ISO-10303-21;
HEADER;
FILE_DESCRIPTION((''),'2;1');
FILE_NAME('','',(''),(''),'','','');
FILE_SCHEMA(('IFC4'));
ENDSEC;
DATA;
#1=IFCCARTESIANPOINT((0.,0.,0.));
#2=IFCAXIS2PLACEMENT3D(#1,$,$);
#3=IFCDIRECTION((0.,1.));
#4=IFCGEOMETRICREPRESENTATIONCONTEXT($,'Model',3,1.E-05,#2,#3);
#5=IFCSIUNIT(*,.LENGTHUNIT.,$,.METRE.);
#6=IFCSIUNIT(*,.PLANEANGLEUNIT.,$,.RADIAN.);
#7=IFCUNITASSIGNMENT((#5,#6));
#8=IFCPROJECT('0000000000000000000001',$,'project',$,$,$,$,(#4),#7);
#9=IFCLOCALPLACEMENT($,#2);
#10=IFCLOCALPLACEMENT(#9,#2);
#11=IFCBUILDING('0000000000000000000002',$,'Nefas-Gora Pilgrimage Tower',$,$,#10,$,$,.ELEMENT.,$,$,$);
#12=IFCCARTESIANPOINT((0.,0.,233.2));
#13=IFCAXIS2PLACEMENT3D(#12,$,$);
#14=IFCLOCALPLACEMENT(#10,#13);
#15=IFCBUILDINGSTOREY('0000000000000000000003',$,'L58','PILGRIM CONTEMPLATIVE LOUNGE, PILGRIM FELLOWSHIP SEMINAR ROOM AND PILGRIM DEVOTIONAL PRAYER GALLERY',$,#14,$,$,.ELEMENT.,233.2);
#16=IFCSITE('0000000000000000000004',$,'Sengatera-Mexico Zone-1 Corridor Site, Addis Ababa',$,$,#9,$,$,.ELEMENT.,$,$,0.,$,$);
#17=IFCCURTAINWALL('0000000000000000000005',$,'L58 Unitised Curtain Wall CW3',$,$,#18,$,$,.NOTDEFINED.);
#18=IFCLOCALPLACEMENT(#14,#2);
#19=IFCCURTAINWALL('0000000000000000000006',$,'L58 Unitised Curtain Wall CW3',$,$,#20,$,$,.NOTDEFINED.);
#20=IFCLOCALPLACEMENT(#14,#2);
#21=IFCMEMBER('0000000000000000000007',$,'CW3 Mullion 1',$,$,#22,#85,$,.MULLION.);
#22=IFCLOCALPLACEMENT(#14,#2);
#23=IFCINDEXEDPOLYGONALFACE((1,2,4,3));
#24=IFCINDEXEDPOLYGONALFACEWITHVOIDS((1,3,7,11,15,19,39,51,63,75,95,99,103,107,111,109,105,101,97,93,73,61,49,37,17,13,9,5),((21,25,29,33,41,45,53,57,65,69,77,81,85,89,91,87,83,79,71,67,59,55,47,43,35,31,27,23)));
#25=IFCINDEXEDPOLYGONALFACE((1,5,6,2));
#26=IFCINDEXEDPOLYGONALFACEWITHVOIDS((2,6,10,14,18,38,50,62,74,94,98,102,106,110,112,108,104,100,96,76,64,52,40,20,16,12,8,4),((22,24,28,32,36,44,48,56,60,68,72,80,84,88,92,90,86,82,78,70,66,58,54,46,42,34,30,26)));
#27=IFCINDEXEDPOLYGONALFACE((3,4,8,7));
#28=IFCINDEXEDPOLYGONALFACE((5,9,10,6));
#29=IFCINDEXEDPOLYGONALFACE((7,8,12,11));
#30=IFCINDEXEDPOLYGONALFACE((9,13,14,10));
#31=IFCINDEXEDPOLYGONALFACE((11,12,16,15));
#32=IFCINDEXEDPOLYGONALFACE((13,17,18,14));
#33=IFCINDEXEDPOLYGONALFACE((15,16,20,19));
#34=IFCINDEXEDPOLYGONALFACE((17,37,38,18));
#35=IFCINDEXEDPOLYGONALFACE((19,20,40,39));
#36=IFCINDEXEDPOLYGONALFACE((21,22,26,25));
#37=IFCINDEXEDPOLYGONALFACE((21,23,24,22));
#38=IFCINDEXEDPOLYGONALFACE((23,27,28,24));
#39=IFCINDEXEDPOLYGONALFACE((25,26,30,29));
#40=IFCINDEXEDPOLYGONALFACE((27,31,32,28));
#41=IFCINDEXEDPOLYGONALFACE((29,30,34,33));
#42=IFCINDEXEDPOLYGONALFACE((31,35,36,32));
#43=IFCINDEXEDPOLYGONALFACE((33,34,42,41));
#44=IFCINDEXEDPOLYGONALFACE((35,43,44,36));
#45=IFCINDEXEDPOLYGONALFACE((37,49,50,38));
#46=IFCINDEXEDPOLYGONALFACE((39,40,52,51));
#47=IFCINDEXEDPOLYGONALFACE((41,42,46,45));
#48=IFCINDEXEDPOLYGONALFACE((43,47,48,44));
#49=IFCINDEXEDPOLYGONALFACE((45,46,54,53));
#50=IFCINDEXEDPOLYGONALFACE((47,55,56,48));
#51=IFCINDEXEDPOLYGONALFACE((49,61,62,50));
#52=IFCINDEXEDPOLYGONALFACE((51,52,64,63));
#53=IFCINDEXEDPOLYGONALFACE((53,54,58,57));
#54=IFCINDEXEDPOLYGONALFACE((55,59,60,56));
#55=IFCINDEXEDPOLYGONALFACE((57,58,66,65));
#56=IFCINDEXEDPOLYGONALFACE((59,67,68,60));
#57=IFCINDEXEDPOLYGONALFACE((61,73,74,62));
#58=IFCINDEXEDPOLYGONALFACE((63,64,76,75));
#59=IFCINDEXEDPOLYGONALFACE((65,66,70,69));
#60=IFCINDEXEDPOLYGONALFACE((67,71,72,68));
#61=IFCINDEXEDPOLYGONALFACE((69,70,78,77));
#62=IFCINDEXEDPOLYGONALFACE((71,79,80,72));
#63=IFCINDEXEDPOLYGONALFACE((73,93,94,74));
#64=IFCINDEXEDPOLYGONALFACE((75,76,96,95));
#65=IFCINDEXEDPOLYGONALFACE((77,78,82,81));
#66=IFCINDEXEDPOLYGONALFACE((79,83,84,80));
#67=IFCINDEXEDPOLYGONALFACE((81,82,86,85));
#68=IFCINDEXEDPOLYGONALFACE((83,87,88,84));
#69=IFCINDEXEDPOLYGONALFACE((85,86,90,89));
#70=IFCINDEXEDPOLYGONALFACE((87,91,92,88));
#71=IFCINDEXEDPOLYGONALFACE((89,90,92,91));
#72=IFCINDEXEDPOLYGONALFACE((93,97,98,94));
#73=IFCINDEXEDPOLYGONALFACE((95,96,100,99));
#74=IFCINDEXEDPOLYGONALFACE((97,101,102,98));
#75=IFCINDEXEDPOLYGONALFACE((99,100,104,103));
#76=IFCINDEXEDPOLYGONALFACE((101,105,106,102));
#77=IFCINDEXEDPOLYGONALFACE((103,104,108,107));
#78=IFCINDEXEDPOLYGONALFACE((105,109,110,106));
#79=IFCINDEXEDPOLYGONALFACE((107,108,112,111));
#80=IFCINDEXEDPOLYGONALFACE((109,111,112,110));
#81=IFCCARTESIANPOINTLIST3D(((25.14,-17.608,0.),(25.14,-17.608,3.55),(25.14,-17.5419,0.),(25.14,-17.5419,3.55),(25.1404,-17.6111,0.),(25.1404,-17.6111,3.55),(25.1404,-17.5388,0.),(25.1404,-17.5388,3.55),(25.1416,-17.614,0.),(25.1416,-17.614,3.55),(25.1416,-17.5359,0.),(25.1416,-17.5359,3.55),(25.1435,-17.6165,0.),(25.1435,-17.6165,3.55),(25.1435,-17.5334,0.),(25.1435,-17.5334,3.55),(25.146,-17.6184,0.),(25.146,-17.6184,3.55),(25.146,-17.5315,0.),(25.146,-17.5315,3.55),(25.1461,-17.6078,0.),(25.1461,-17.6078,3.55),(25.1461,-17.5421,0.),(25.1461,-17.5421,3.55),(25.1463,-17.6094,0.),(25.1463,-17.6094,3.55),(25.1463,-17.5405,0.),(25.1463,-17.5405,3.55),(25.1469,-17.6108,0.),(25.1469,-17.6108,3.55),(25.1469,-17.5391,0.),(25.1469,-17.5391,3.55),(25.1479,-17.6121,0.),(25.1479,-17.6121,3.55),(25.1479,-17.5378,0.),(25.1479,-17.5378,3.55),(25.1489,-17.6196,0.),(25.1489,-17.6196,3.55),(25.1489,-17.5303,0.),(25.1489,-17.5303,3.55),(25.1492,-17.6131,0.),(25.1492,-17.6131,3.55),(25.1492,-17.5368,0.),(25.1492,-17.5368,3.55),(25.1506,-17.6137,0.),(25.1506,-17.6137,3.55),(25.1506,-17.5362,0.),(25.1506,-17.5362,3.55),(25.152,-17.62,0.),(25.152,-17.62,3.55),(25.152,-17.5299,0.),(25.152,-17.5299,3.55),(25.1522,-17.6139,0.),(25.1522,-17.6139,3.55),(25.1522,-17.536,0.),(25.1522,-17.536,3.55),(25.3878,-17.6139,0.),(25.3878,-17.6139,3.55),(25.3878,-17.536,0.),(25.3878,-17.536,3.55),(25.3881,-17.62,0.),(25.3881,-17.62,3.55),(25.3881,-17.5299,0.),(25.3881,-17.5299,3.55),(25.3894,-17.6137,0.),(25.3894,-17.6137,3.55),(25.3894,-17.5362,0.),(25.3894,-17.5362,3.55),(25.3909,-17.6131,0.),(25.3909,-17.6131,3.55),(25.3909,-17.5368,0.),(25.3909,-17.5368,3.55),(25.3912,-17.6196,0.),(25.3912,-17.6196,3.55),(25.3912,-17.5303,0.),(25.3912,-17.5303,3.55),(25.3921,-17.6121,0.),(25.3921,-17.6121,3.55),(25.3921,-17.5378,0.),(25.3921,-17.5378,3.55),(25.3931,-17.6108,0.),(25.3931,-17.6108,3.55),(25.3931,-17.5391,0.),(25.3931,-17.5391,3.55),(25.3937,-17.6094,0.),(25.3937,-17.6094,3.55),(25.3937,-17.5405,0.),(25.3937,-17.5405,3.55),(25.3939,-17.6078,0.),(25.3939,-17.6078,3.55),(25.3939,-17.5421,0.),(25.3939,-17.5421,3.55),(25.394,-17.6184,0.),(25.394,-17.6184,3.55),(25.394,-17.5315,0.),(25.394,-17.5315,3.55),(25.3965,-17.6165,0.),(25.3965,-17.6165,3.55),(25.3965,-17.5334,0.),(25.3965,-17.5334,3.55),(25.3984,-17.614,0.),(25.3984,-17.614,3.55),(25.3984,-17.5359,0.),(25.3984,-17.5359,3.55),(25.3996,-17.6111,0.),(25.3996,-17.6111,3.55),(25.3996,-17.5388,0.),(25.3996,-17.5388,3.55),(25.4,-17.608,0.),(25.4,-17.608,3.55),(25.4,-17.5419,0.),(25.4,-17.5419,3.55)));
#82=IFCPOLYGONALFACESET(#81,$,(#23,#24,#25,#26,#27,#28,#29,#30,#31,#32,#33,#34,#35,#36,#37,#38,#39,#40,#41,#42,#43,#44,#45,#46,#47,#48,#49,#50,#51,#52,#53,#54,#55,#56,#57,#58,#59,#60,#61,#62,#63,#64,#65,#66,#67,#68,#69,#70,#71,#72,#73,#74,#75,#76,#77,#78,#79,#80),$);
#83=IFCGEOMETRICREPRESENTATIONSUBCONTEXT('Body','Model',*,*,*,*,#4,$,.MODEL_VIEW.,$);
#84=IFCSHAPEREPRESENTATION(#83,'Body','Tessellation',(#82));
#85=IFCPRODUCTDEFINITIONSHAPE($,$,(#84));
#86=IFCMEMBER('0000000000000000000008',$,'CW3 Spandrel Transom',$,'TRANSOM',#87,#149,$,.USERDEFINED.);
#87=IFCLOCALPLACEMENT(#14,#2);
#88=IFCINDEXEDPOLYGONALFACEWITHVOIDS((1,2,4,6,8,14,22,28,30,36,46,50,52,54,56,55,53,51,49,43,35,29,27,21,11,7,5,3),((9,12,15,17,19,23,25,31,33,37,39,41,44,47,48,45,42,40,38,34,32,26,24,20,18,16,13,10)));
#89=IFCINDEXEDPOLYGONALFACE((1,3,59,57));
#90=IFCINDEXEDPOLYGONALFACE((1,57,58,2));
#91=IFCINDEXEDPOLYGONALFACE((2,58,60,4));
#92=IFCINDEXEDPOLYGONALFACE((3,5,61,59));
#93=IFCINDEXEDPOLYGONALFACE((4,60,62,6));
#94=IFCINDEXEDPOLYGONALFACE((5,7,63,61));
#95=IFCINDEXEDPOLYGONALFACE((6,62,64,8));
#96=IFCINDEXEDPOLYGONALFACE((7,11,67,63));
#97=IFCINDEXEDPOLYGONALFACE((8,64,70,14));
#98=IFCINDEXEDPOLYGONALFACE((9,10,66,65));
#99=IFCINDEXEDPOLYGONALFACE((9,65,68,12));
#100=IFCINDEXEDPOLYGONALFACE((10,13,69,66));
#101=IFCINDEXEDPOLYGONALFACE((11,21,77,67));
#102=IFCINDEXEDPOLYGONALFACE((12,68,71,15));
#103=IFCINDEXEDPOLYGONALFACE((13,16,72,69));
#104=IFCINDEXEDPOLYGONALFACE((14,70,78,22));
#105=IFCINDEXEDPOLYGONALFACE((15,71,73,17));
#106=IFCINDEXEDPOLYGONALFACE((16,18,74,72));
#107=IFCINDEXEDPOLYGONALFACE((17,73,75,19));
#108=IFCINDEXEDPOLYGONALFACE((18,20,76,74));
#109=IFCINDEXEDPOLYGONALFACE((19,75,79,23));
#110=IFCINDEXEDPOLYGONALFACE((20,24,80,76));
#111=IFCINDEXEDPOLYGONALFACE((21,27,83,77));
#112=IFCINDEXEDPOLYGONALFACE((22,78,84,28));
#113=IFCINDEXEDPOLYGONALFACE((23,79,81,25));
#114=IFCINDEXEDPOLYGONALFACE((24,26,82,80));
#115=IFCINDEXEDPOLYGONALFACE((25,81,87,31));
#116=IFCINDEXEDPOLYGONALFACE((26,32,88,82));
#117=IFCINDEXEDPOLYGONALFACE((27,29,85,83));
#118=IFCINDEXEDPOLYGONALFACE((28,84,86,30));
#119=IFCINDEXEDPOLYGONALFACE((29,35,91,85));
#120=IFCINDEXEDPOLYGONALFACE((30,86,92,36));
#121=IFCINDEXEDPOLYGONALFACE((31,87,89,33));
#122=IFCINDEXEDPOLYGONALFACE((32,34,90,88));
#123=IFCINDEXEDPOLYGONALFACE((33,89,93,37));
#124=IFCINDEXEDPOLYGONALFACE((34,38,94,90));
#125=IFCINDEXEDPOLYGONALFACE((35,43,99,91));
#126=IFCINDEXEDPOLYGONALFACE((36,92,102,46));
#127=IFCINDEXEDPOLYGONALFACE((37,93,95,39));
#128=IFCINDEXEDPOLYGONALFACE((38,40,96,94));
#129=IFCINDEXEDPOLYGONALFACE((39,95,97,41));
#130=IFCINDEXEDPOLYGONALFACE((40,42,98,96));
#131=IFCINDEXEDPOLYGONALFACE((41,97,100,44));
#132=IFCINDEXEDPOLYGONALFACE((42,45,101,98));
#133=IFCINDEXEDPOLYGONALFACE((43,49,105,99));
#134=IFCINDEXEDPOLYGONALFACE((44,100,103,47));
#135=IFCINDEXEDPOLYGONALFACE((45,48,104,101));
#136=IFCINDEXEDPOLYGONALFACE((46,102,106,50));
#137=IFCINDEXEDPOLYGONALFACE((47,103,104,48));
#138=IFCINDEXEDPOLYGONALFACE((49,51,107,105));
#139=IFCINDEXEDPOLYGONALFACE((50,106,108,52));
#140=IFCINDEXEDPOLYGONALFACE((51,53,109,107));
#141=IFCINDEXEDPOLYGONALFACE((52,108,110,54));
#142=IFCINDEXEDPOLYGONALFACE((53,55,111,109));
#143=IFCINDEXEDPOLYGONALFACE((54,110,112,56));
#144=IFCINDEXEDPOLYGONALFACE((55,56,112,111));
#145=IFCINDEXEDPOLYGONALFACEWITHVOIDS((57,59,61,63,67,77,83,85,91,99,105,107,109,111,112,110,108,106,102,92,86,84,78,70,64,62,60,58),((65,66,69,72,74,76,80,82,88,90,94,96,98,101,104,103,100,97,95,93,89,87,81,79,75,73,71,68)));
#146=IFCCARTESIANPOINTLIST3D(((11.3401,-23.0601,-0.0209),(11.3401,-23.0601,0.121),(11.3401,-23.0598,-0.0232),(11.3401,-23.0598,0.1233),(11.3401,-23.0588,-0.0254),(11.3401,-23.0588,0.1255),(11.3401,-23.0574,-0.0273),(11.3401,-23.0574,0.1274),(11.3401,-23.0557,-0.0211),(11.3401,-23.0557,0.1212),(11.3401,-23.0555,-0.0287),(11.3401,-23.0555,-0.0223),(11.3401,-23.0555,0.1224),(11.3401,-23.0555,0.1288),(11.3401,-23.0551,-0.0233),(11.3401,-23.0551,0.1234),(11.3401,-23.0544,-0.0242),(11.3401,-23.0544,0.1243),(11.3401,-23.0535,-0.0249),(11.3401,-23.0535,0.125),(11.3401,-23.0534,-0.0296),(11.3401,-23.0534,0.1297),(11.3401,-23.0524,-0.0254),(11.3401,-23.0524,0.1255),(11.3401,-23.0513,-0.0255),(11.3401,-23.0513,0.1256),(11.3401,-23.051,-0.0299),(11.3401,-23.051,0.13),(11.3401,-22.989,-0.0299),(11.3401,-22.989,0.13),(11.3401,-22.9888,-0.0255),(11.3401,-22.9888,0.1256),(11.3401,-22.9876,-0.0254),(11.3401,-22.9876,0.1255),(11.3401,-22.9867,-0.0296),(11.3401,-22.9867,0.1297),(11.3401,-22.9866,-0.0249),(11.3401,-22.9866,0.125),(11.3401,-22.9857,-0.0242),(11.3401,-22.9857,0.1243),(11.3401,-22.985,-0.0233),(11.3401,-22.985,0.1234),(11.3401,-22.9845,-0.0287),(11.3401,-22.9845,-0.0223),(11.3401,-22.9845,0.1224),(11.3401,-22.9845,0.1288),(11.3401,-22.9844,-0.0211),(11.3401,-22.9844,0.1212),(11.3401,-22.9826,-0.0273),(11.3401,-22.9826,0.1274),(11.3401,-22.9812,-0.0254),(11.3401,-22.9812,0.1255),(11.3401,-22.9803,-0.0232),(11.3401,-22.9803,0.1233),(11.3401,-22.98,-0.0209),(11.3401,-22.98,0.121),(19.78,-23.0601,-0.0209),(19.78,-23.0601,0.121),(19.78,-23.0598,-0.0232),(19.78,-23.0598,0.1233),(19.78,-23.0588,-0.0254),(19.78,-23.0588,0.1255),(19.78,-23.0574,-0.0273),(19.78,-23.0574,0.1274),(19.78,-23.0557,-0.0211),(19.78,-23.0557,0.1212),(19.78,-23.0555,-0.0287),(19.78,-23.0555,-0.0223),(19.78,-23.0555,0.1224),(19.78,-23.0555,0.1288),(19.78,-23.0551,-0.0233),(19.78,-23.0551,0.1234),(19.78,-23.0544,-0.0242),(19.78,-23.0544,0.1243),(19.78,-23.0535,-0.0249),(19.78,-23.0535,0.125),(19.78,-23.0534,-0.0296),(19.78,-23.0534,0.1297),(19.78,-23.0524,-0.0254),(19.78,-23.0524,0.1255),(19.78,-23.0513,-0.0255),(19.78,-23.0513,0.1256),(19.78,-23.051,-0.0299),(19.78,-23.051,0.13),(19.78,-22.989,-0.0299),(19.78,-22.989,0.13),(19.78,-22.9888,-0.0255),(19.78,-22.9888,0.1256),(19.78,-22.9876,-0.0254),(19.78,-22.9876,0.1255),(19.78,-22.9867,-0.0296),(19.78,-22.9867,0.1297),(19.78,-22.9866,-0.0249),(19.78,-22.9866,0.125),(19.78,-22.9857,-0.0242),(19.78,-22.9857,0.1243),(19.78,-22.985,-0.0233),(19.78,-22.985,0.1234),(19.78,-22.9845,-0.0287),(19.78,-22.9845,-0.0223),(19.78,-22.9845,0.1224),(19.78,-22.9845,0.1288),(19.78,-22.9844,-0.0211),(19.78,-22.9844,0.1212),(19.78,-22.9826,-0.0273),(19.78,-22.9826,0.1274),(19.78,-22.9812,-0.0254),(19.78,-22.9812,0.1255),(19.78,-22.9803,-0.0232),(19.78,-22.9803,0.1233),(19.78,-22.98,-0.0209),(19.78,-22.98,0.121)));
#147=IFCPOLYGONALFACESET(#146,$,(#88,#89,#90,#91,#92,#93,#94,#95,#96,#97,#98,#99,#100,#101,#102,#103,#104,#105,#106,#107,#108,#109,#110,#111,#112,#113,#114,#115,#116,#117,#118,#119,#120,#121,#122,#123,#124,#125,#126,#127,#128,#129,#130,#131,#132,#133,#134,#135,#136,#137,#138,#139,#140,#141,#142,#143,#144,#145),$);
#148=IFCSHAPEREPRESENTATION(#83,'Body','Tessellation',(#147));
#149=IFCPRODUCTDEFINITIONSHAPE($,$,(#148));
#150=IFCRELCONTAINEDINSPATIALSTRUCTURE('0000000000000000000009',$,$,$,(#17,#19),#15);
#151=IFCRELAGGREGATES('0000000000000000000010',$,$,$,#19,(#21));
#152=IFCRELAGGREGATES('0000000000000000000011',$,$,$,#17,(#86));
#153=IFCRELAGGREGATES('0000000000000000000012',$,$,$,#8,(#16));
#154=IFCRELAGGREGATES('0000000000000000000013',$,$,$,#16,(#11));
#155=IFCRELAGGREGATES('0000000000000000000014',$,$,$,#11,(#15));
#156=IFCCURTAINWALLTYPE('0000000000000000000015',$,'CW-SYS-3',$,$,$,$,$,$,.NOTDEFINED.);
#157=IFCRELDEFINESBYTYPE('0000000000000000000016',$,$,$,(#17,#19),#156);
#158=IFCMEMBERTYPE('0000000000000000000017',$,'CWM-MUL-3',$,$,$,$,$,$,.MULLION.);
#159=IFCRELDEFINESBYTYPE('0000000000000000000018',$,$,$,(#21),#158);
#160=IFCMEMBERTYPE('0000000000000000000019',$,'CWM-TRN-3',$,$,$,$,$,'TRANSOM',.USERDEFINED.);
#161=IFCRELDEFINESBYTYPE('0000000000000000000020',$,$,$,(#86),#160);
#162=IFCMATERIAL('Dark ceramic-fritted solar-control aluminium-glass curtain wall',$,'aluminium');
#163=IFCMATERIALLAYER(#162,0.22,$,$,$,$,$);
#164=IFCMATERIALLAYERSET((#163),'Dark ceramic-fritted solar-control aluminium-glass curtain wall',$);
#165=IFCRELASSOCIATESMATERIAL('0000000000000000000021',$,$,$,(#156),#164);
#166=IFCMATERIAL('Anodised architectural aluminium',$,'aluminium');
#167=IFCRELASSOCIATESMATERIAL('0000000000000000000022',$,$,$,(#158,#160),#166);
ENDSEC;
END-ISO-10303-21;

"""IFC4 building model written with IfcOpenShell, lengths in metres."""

from ifc_helpers import new_model, si_unit, direction, frame, origin, origin_2d, place, context, subcontext, project, spatial, hollow_rectangle, extrude, source, transform, mapped, material, layer, layer_set, material_profile, profile_set, type_object, element, aggregate, save


model = new_model("IFC4")

# Units and contexts
model_context = context("Model", 3, precision=1e-05, world=origin(), true_north=direction((0.0, 1.0)))
body_context = subcontext(model_context, "Body", "Model", "MODEL_VIEW")
ifc_project = project(units=[si_unit("LENGTHUNIT", "METRE"), si_unit("PLANEANGLEUNIT", "RADIAN")], contexts=[model_context])

# Site, building, storey
site_placement = place(None, origin())
site = spatial("IfcSite", under=ifc_project, at=site_placement, Name="Sengatera-Mexico Zone-1 Corridor Site, Addis Ababa", CompositionType="ELEMENT", RefElevation=0.0)
building_placement = place(site_placement, origin())
building = spatial("IfcBuilding", under=site, at=building_placement, Name="Nefas-Gora Pilgrimage Tower", CompositionType="ELEMENT")
storey_placement = place(building_placement, frame((0.0, 0.0, 233.2)))
storey = spatial("IfcBuildingStorey", under=building, at=storey_placement, Name="L58", Description="PILGRIM CONTEMPLATIVE LOUNGE, PILGRIM FELLOWSHIP SEMINAR ROOM AND PILGRIM DEVOTIONAL PRAYER GALLERY", CompositionType="ELEMENT", Elevation=233.2)

# Curtain wall
ifc_material_1 = material(Name="Dark ceramic-fritted solar-control aluminium-glass curtain wall", Category="aluminium")
ifc_layer_1 = layer(ifc_material_1, 0.22)
ifc_layer_set_1 = layer_set([ifc_layer_1], Name="Dark ceramic-fritted solar-control aluminium-glass curtain wall")
curtain_wall_type = type_object("IfcCurtainWallType", Name="CW-SYS-3", PredefinedType="NOTDEFINED", material=ifc_layer_set_1)
curtain_wall_1_placement = place(storey_placement, origin())
curtain_wall_1 = element("IfcCurtainWall", 1, at=curtain_wall_1_placement, inside=storey, type_object=curtain_wall_type, Name="L58 Unitised Curtain Wall CW3", PredefinedType="NOTDEFINED")
ifc_material_2 = material(Name="Anodised architectural aluminium", Category="aluminium")
ifc_material_profile_1 = material_profile(ifc_material_2, hollow_rectangle(XDim=0.0901, YDim=0.26, WallThickness=0.0061, InnerFilletRadius=0.0061, OuterFilletRadius=0.012, at=origin_2d()), Name="ALU MULLION 90x260")
ifc_profile_set_1 = profile_set([ifc_material_profile_1], Name="Anodised architectural aluminium")
member_type_1 = type_object("IfcMemberType", Name="CWM-MUL-3", PredefinedType="MULLION", material=ifc_profile_set_1)
shared_shape_1 = source(origin(), body_context, "Body", "SweptSolid", [
    extrude(hollow_rectangle(XDim=0.0901, YDim=0.26, WallThickness=0.0061, InnerFilletRadius=0.0061, OuterFilletRadius=0.012, at=origin_2d()), origin(), (0.0, 0.0, 1.0), 3.55),
])

# Curtain wall, member
curtain_wall_2_placement = place(storey_placement, origin())
curtain_wall_2 = element("IfcCurtainWall", 2, at=curtain_wall_2_placement, inside=storey, type_object=curtain_wall_type, Name="L58 Unitised Curtain Wall CW3", PredefinedType="NOTDEFINED")
member_1_placement = place(storey_placement, frame((25.27, -17.575, 0.0), z_axis=(0.0, 0.0, 1.0), x_axis=(0.0, 1.0, 0.0)))
member_1 = element("IfcMember", 3, at=member_1_placement, type_object=member_type_1, Name="CW3 Mullion 1", PredefinedType="MULLION", context=body_context, shape_type="MappedRepresentation", body=[
    mapped(shared_shape_1, transform((0.0, 0.0, 0.0), x_axis=(1.0, 0.0, 0.0), y_axis=(0.0, 1.0, 0.0), z_axis=(0.0, 0.0, 1.0), scale=1.0)),
])

# Member
ifc_material_profile_2 = material_profile(ifc_material_2, hollow_rectangle(XDim=0.0801, YDim=0.1599, WallThickness=0.0044, InnerFilletRadius=0.0044, OuterFilletRadius=0.009, at=origin_2d()), Name="ALU TRANSOM 80x160")
ifc_profile_set_2 = profile_set([ifc_material_profile_2], Name="Anodised architectural aluminium")
member_type_2 = type_object("IfcMemberType", Name="CWM-TRN-3", ElementType="TRANSOM", PredefinedType="USERDEFINED", material=ifc_profile_set_2)
shared_shape_2 = source(origin(), body_context, "Body", "SweptSolid", [
    extrude(hollow_rectangle(XDim=0.0801, YDim=0.1599, WallThickness=0.0044, InnerFilletRadius=0.0044, OuterFilletRadius=0.009, at=origin_2d()), origin(), (0.0, 0.0, 1.0), 8.4399),
])
member_2_placement = place(storey_placement, frame((11.3401, -23.02, 0.05), z_axis=(1.0, 0.0, 0.0), x_axis=(0.0, 1.0, 0.0)))
member_2 = element("IfcMember", 4, at=member_2_placement, type_object=member_type_2, Name="CW3 Spandrel Transom", ObjectType="TRANSOM", PredefinedType="USERDEFINED", context=body_context, shape_type="MappedRepresentation", body=[
    mapped(shared_shape_2, transform((0.0, 0.0, 0.0), x_axis=(1.0, 0.0, 0.0), y_axis=(0.0, 1.0, 0.0), z_axis=(0.0, 0.0, 1.0), scale=1.0)),
])
aggregate(curtain_wall_2, [member_1])

aggregate(curtain_wall_1, [member_2])

save(model, "model.ifc")
